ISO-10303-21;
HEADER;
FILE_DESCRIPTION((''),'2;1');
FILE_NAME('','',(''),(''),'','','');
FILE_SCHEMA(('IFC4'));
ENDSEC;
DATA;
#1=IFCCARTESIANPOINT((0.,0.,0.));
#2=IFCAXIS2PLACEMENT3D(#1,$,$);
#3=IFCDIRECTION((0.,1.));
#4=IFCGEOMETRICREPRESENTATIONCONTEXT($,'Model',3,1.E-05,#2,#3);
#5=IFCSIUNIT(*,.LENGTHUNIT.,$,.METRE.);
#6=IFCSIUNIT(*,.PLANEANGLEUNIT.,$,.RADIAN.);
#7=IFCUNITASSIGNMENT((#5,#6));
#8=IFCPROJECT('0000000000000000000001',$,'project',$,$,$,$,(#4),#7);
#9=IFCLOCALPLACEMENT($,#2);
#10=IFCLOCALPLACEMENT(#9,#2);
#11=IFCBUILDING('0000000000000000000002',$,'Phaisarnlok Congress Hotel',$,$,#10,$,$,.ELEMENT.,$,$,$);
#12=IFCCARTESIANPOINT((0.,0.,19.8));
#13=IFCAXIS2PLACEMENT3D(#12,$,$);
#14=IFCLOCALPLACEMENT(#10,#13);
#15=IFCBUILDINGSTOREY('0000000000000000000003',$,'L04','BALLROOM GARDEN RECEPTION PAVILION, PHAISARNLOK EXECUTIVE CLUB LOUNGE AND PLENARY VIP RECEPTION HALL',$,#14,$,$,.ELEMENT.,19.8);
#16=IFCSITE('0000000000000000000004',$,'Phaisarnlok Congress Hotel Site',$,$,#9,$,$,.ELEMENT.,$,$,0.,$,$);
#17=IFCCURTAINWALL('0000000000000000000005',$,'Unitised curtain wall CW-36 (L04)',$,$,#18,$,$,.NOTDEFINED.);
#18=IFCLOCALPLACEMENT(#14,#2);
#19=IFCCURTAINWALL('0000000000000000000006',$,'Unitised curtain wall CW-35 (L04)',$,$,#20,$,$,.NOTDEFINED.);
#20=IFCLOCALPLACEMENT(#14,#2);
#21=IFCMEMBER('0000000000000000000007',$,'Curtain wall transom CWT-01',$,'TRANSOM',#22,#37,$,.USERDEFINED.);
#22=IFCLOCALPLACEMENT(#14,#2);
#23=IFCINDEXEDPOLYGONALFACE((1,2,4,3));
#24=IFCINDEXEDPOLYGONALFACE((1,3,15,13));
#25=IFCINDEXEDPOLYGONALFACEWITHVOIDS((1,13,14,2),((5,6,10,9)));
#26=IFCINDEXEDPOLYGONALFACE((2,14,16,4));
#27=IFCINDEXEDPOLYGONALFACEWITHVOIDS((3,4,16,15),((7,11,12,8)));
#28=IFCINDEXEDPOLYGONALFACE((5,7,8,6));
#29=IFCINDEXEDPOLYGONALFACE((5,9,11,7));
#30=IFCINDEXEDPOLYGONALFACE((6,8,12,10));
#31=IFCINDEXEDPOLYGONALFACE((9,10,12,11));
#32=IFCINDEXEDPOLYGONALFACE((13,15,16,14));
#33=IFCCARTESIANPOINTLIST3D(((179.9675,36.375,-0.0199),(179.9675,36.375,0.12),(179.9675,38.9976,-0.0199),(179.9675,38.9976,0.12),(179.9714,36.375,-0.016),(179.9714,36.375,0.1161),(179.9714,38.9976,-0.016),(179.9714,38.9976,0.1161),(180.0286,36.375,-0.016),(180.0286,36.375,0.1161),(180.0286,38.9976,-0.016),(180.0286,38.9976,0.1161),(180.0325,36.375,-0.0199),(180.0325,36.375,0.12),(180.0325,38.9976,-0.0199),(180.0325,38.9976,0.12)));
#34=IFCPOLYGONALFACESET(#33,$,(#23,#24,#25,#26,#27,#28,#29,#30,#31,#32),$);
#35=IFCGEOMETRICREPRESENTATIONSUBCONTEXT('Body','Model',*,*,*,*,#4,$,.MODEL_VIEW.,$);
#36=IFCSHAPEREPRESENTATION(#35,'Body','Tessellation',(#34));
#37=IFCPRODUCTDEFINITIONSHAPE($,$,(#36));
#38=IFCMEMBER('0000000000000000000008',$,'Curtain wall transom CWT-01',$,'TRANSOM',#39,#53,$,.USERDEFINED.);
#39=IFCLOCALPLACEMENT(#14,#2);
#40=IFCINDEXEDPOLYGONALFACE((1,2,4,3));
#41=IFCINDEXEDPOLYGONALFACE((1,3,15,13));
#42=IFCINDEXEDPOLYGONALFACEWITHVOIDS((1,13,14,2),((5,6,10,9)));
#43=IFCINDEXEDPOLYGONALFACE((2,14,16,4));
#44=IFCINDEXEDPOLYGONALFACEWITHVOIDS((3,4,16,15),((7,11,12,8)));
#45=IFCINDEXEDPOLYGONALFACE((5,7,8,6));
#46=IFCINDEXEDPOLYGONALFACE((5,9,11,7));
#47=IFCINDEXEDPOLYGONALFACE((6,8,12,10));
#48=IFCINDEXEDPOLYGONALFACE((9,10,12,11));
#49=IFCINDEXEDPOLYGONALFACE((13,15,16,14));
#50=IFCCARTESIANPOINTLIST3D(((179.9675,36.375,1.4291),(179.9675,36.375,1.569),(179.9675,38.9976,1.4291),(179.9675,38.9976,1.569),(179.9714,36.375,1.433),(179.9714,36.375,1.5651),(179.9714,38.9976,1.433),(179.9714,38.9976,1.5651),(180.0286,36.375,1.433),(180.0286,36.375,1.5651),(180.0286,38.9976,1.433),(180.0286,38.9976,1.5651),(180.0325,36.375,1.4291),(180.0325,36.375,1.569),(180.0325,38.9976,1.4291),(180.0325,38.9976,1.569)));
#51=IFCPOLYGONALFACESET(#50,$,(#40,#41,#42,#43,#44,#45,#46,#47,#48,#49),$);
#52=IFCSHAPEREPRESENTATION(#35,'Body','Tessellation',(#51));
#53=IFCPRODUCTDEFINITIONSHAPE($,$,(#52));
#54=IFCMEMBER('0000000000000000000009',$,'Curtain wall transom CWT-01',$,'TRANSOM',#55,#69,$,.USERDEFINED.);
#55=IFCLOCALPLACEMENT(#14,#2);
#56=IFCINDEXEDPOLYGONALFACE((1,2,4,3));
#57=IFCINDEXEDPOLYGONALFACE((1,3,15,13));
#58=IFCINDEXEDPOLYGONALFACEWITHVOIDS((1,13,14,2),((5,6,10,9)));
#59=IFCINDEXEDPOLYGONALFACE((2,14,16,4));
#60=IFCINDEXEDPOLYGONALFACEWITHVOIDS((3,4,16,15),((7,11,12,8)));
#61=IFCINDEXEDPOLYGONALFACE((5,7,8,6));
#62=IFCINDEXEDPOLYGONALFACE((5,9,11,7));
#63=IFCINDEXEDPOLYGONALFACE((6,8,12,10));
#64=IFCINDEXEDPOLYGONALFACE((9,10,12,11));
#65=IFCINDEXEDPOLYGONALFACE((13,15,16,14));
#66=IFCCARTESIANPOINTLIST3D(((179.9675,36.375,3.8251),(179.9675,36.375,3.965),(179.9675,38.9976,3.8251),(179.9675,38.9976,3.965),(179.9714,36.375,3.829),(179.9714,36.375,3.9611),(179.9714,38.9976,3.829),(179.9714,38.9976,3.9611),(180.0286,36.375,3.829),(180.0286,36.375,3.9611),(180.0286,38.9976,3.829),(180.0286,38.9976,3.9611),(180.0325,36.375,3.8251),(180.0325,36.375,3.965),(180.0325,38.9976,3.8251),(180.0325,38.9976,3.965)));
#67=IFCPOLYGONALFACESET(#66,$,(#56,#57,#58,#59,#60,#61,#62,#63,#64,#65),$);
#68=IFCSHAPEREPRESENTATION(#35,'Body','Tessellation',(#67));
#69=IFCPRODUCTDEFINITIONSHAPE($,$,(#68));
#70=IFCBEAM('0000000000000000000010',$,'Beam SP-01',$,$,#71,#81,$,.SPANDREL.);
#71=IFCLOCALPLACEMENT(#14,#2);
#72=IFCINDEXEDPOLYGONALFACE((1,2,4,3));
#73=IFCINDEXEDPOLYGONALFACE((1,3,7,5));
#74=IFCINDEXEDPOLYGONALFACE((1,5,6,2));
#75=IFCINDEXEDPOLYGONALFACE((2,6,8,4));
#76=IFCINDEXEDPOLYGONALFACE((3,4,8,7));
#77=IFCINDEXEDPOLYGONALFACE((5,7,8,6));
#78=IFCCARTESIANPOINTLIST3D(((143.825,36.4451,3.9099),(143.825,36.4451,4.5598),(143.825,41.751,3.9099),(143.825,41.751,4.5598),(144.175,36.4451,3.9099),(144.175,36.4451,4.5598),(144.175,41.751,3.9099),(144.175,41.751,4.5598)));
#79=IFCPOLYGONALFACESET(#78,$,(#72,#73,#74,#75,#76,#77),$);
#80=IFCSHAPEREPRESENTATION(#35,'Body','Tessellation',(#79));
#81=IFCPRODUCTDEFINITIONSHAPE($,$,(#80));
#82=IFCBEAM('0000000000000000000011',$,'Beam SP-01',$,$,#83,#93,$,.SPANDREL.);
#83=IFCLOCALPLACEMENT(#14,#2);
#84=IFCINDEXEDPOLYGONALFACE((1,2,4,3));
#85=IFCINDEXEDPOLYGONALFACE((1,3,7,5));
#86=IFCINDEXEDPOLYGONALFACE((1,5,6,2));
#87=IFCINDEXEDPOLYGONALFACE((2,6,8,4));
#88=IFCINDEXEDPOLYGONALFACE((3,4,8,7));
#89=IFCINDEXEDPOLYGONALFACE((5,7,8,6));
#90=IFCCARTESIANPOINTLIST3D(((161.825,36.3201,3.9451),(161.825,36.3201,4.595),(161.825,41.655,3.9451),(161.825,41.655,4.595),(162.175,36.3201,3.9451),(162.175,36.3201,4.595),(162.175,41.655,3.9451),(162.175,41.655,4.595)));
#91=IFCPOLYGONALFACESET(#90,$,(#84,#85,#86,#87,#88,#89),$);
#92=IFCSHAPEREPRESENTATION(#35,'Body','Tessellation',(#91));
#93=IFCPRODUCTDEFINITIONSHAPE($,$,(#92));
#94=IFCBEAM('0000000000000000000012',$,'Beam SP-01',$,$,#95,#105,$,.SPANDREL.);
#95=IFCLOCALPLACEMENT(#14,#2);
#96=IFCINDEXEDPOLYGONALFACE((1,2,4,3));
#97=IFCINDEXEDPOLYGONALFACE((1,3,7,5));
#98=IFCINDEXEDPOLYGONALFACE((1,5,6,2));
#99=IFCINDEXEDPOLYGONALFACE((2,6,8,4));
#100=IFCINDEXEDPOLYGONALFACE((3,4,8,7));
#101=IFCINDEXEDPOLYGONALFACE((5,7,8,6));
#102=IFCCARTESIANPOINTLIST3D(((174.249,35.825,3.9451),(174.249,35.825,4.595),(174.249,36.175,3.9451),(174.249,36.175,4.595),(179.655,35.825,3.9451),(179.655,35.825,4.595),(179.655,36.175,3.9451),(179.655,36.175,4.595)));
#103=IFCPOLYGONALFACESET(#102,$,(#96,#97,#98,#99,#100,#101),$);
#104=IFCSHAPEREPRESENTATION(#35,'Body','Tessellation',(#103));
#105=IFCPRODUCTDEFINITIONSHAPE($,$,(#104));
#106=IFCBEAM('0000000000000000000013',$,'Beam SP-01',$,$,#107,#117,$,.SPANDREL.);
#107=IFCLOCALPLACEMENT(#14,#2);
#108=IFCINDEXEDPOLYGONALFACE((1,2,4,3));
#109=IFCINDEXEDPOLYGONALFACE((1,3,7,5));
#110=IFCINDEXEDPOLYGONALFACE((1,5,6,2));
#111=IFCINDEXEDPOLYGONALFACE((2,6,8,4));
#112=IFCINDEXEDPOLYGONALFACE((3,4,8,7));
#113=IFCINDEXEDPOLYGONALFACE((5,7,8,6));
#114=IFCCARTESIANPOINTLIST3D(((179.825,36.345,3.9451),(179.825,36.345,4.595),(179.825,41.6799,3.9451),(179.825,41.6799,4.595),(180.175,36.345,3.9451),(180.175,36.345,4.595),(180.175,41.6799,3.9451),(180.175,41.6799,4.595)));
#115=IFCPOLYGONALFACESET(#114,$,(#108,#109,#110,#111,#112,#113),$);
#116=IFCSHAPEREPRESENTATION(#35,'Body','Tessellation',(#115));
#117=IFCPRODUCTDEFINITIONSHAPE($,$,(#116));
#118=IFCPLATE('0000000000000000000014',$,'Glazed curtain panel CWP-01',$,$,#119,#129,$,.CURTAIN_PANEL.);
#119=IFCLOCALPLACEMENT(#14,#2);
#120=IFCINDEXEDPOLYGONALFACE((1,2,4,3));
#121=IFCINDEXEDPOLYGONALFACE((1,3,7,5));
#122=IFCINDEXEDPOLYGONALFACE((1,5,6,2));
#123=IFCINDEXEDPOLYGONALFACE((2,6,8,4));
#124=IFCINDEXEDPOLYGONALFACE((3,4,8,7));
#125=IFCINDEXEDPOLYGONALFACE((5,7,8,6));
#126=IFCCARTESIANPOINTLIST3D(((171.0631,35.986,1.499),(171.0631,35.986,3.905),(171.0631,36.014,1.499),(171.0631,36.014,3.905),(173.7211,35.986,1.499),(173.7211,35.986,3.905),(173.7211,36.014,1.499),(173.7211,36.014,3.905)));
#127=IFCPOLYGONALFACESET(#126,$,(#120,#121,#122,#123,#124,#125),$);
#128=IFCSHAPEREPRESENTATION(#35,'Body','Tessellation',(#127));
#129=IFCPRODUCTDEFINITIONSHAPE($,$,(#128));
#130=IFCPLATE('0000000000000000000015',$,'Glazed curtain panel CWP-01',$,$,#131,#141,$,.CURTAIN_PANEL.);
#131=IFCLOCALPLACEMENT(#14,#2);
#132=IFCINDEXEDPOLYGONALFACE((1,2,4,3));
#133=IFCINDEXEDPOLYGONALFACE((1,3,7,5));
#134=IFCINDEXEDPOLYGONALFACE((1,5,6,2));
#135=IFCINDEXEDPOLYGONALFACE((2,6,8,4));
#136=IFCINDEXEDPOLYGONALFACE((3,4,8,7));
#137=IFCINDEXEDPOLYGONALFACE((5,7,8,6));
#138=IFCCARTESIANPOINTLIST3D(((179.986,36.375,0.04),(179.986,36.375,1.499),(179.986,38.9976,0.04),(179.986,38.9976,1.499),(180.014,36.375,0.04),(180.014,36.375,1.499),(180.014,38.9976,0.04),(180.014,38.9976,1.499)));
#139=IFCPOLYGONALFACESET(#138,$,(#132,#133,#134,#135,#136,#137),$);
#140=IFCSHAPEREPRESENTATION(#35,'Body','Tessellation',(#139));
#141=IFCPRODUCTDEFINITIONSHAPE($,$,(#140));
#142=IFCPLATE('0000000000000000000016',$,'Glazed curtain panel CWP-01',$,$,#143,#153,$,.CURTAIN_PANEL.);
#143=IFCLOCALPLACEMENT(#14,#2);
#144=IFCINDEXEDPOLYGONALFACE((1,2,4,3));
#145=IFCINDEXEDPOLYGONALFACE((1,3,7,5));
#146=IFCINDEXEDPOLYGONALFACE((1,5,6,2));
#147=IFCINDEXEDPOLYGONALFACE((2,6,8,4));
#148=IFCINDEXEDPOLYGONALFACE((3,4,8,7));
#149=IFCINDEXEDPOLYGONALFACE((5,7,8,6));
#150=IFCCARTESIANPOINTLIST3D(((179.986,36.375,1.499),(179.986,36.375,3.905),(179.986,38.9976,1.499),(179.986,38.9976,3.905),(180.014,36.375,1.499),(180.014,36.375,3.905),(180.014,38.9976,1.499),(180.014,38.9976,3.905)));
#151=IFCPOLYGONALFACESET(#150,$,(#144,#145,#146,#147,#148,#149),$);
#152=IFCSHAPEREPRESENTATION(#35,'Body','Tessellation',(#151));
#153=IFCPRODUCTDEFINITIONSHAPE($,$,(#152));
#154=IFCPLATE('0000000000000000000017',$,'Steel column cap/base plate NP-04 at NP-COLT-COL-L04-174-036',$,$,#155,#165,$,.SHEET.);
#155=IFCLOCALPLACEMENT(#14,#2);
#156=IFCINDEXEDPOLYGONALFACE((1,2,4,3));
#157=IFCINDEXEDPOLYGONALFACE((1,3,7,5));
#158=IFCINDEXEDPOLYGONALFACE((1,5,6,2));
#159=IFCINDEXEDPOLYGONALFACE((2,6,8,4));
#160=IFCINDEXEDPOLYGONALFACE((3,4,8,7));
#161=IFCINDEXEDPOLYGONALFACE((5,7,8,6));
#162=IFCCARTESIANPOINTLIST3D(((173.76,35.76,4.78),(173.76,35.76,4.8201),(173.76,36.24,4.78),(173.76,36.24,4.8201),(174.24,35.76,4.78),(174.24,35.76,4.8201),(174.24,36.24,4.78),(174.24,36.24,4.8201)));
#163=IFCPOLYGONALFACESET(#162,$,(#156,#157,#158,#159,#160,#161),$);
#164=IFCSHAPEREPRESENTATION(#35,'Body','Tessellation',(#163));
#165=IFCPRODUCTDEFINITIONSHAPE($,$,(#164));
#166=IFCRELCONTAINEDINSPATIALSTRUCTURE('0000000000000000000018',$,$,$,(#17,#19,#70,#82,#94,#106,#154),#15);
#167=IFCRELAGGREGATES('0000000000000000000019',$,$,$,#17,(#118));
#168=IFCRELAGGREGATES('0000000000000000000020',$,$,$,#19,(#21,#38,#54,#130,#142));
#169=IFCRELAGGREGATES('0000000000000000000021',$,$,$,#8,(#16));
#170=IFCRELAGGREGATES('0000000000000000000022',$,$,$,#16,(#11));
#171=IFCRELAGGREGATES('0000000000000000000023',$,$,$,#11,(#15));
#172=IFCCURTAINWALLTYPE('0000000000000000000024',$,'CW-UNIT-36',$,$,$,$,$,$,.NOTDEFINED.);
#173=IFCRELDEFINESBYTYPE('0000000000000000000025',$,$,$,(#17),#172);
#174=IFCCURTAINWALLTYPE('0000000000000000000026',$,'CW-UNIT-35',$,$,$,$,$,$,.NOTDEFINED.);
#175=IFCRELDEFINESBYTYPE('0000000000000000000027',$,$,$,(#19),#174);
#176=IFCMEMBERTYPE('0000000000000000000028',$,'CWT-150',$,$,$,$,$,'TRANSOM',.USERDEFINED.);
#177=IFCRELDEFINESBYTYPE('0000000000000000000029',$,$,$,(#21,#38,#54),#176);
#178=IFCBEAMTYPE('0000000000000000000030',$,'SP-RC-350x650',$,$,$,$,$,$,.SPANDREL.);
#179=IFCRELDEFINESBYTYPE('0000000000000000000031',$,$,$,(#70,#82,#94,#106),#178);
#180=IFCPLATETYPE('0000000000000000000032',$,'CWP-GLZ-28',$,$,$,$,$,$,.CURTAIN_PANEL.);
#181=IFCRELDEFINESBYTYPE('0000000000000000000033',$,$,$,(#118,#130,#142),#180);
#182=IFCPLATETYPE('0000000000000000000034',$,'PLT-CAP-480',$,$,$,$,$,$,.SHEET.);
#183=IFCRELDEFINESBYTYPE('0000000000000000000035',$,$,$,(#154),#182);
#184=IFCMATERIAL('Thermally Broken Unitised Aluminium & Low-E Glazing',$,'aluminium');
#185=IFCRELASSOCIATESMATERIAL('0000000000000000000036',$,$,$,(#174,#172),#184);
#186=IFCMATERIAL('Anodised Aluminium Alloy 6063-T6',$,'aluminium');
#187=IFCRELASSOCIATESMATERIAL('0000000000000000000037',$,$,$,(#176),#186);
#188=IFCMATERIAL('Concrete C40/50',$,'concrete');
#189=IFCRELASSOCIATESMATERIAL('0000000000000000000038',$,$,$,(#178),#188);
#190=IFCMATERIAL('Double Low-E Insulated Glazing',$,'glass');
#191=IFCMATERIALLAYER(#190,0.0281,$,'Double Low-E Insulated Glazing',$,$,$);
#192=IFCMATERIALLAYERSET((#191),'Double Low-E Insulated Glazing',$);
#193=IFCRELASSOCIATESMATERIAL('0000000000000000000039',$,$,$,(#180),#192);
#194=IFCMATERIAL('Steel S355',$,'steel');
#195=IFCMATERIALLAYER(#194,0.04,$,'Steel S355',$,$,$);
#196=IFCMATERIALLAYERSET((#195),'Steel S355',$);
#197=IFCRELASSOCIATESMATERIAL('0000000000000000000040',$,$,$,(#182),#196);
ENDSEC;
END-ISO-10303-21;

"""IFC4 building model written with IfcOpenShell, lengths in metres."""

from ifc_helpers import new_model, si_unit, direction, frame, frame_2d, origin, origin_2d, place, context, subcontext, project, spatial, rectangle, hollow_rectangle, extrude, material, layer, layer_set, material_profile, profile_set, type_object, element, aggregate, save


model = new_model("IFC4")

# Units and contexts
model_context = context("Model", 3, precision=1e-05, world=origin(), true_north=direction((0.0, 1.0)))
body_context = subcontext(model_context, "Body", "Model", "MODEL_VIEW")
ifc_project = project(units=[si_unit("LENGTHUNIT", "METRE"), si_unit("PLANEANGLEUNIT", "RADIAN")], contexts=[model_context])

# Site, building, storey
site_placement = place(None, origin())
site = spatial("IfcSite", under=ifc_project, at=site_placement, Name="Phaisarnlok Congress Hotel Site", CompositionType="ELEMENT", RefElevation=0.0)
building_placement = place(site_placement, origin())
building = spatial("IfcBuilding", under=site, at=building_placement, Name="Phaisarnlok Congress Hotel", CompositionType="ELEMENT")
storey_placement = place(building_placement, frame((0.0, 0.0, 19.8)))
storey = spatial("IfcBuildingStorey", under=building, at=storey_placement, Name="L04", Description="BALLROOM GARDEN RECEPTION PAVILION, PHAISARNLOK EXECUTIVE CLUB LOUNGE AND PLENARY VIP RECEPTION HALL", CompositionType="ELEMENT", Elevation=19.8)

# Shared definitions
ifc_material_1 = material(Name="Steel S355", Category="steel")

# Shared definitions
ifc_material_2 = material(Name="Concrete C40/50", Category="concrete")

# Curtain walls
ifc_material_3 = material(Name="Thermally Broken Unitised Aluminium & Low-E Glazing", Category="aluminium")
curtain_wall_type_1 = type_object("IfcCurtainWallType", Name="CW-UNIT-35", PredefinedType="NOTDEFINED", material=ifc_material_3)
ifc_material_4 = material(Name="Anodised Aluminium Alloy 6063-T6", Category="aluminium")
curtain_wall_type_2 = type_object("IfcCurtainWallType", Name="CW-UNIT-36", PredefinedType="NOTDEFINED", material=ifc_material_3)
curtain_wall_1_placement = place(storey_placement, origin())
curtain_wall_1 = element("IfcCurtainWall", 1, at=curtain_wall_1_placement, inside=storey, type_object=curtain_wall_type_2, Name="Unitised curtain wall CW-36 (L04)", PredefinedType="NOTDEFINED")
curtain_wall_2_placement = place(storey_placement, origin())
curtain_wall_2 = element("IfcCurtainWall", 2, at=curtain_wall_2_placement, inside=storey, type_object=curtain_wall_type_1, Name="Unitised curtain wall CW-35 (L04)", PredefinedType="NOTDEFINED")

# Members
ifc_material_profile_1 = material_profile(ifc_material_4, hollow_rectangle(XDim=0.0649, YDim=0.1399, WallThickness=0.0039, at=origin_2d()), Name="ALU-T 65x140x4")
ifc_profile_set_1 = profile_set([ifc_material_profile_1], Name="Anodised Aluminium Alloy 6063-T6")
member_type_1 = type_object("IfcMemberType", Name="CWT-150", ElementType="TRANSOM", PredefinedType="USERDEFINED", material=ifc_profile_set_1)
member_1_placement = place(storey_placement, frame((180.0, 36.375, 0.05), z_axis=(0.0, 1.0, 0.0), x_axis=(-1.0, 0.0, 0.0)))
member_1 = element("IfcMember", 3, at=member_1_placement, type_object=member_type_1, Name="Curtain wall transom CWT-01", ObjectType="TRANSOM", PredefinedType="USERDEFINED", context=body_context, shape_type="SweptSolid", body=[
    extrude(hollow_rectangle(XDim=0.0649, YDim=0.1399, WallThickness=0.0039, at=origin_2d()), origin(), (0.0, 0.0, 1.0), 2.6226),
])
member_2_placement = place(storey_placement, frame((180.0, 36.375, 1.499), z_axis=(0.0, 1.0, 0.0), x_axis=(-1.0, 0.0, 0.0)))
member_2 = element("IfcMember", 4, at=member_2_placement, type_object=member_type_1, Name="Curtain wall transom CWT-01", ObjectType="TRANSOM", PredefinedType="USERDEFINED", context=body_context, shape_type="SweptSolid", body=[
    extrude(hollow_rectangle(XDim=0.0649, YDim=0.1399, WallThickness=0.0039, at=origin_2d()), origin(), (0.0, 0.0, 1.0), 2.6226),
])
member_3_placement = place(storey_placement, frame((180.0, 36.375, 3.895), z_axis=(0.0, 1.0, 0.0), x_axis=(-1.0, 0.0, 0.0)))
member_3 = element("IfcMember", 5, at=member_3_placement, type_object=member_type_1, Name="Curtain wall transom CWT-01", ObjectType="TRANSOM", PredefinedType="USERDEFINED", context=body_context, shape_type="SweptSolid", body=[
    extrude(hollow_rectangle(XDim=0.0649, YDim=0.1399, WallThickness=0.0039, at=origin_2d()), origin(), (0.0, 0.0, 1.0), 2.6226),
])

# Beams
ifc_material_profile_2 = material_profile(ifc_material_2, rectangle(XDim=0.3501, YDim=0.6499, at=origin_2d()), Name="RC 350x650")
ifc_profile_set_2 = profile_set([ifc_material_profile_2], Name="Concrete C40/50")
beam_type_1 = type_object("IfcBeamType", Name="SP-RC-350x650", PredefinedType="SPANDREL", material=ifc_profile_set_2)
beam_1_placement = place(storey_placement, frame((144.0, 36.4451, 4.2349), z_axis=(0.0, 1.0, 0.0), x_axis=(-1.0, 0.0, 0.0)))
element("IfcBeam", 6, at=beam_1_placement, inside=storey, type_object=beam_type_1, Name="Beam SP-01", PredefinedType="SPANDREL", context=body_context, shape_type="SweptSolid", body=[
    extrude(rectangle(XDim=0.3501, YDim=0.6499, at=origin_2d()), origin(), (0.0, 0.0, 1.0), 5.3059),
])
beam_2_placement = place(storey_placement, frame((162.0, 36.3201, 4.27), z_axis=(0.0, 1.0, 0.0), x_axis=(-1.0, 0.0, 0.0)))
element("IfcBeam", 7, at=beam_2_placement, inside=storey, type_object=beam_type_1, Name="Beam SP-01", PredefinedType="SPANDREL", context=body_context, shape_type="SweptSolid", body=[
    extrude(rectangle(XDim=0.3501, YDim=0.6499, at=origin_2d()), origin(), (0.0, 0.0, 1.0), 5.335),
])
beam_3_placement = place(storey_placement, frame((174.249, 36.0, 4.27), z_axis=(1.0, 0.0, 0.0), x_axis=(0.0, 1.0, 0.0)))
element("IfcBeam", 8, at=beam_3_placement, inside=storey, type_object=beam_type_1, Name="Beam SP-01", PredefinedType="SPANDREL", context=body_context, shape_type="SweptSolid", body=[
    extrude(rectangle(XDim=0.3501, YDim=0.6499, at=origin_2d()), origin(), (0.0, 0.0, 1.0), 5.406),
])
beam_4_placement = place(storey_placement, frame((180.0, 36.345, 4.27), z_axis=(0.0, 1.0, 0.0), x_axis=(-1.0, 0.0, 0.0)))
element("IfcBeam", 9, at=beam_4_placement, inside=storey, type_object=beam_type_1, Name="Beam SP-01", PredefinedType="SPANDREL", context=body_context, shape_type="SweptSolid", body=[
    extrude(rectangle(XDim=0.3501, YDim=0.6499, at=origin_2d()), origin(), (0.0, 0.0, 1.0), 5.335),
])

# Plates
ifc_material_5 = material(Name="Double Low-E Insulated Glazing", Category="glass")
ifc_layer_1 = layer(ifc_material_5, 0.0281, Name="Double Low-E Insulated Glazing")
ifc_layer_set_1 = layer_set([ifc_layer_1], Name="Double Low-E Insulated Glazing")
plate_type_1 = type_object("IfcPlateType", Name="CWP-GLZ-28", PredefinedType="CURTAIN_PANEL", material=ifc_layer_set_1)
plate_1_placement = place(storey_placement, frame((171.063, 36.0, 1.499), z_axis=(0.0, 0.0, 1.0), x_axis=(1.0, 0.0, 0.0)))
plate_1 = element("IfcPlate", 10, at=plate_1_placement, type_object=plate_type_1, Name="Glazed curtain panel CWP-01", PredefinedType="CURTAIN_PANEL", context=body_context, shape_type="SweptSolid", body=[
    extrude(rectangle(XDim=2.658, YDim=0.0281, at=frame_2d((1.3291, 0.0))), origin(), (0.0, 0.0, 1.0), 2.406),
])
aggregate(curtain_wall_1, [plate_1])
plate_2_placement = place(storey_placement, frame((180.0, 36.375, 0.04), z_axis=(0.0, 0.0, 1.0), x_axis=(0.0, 1.0, 0.0)))
plate_2 = element("IfcPlate", 11, at=plate_2_placement, type_object=plate_type_1, Name="Glazed curtain panel CWP-01", PredefinedType="CURTAIN_PANEL", context=body_context, shape_type="SweptSolid", body=[
    extrude(rectangle(XDim=2.6226, YDim=0.0281, at=frame_2d((1.3113, 0.0))), origin(), (0.0, 0.0, 1.0), 1.459),
])
plate_3_placement = place(storey_placement, frame((180.0, 36.375, 1.499), z_axis=(0.0, 0.0, 1.0), x_axis=(0.0, 1.0, 0.0)))
plate_3 = element("IfcPlate", 12, at=plate_3_placement, type_object=plate_type_1, Name="Glazed curtain panel CWP-01", PredefinedType="CURTAIN_PANEL", context=body_context, shape_type="SweptSolid", body=[
    extrude(rectangle(XDim=2.6226, YDim=0.0281, at=frame_2d((1.3113, 0.0))), origin(), (0.0, 0.0, 1.0), 2.406),
])
aggregate(curtain_wall_2, [member_1, member_2, member_3, plate_2, plate_3])
ifc_layer_2 = layer(ifc_material_1, 0.04, Name="Steel S355")
ifc_layer_set_2 = layer_set([ifc_layer_2], Name="Steel S355")
plate_type_2 = type_object("IfcPlateType", Name="PLT-CAP-480", PredefinedType="SHEET", material=ifc_layer_set_2)
plate_4_placement = place(storey_placement, frame((174.0, 36.0, 4.78), z_axis=(0.0, 0.0, 1.0), x_axis=(1.0, 0.0, 0.0)))
element("IfcPlate", 13, at=plate_4_placement, inside=storey, type_object=plate_type_2, Name="Steel column cap/base plate NP-04 at NP-COLT-COL-L04-174-036", PredefinedType="SHEET", context=body_context, shape_type="SweptSolid", body=[
    extrude(rectangle(XDim=0.48, YDim=0.48, at=origin_2d()), origin(), (0.0, 0.0, 1.0), 0.04),
])

save(model, "model.ifc")
